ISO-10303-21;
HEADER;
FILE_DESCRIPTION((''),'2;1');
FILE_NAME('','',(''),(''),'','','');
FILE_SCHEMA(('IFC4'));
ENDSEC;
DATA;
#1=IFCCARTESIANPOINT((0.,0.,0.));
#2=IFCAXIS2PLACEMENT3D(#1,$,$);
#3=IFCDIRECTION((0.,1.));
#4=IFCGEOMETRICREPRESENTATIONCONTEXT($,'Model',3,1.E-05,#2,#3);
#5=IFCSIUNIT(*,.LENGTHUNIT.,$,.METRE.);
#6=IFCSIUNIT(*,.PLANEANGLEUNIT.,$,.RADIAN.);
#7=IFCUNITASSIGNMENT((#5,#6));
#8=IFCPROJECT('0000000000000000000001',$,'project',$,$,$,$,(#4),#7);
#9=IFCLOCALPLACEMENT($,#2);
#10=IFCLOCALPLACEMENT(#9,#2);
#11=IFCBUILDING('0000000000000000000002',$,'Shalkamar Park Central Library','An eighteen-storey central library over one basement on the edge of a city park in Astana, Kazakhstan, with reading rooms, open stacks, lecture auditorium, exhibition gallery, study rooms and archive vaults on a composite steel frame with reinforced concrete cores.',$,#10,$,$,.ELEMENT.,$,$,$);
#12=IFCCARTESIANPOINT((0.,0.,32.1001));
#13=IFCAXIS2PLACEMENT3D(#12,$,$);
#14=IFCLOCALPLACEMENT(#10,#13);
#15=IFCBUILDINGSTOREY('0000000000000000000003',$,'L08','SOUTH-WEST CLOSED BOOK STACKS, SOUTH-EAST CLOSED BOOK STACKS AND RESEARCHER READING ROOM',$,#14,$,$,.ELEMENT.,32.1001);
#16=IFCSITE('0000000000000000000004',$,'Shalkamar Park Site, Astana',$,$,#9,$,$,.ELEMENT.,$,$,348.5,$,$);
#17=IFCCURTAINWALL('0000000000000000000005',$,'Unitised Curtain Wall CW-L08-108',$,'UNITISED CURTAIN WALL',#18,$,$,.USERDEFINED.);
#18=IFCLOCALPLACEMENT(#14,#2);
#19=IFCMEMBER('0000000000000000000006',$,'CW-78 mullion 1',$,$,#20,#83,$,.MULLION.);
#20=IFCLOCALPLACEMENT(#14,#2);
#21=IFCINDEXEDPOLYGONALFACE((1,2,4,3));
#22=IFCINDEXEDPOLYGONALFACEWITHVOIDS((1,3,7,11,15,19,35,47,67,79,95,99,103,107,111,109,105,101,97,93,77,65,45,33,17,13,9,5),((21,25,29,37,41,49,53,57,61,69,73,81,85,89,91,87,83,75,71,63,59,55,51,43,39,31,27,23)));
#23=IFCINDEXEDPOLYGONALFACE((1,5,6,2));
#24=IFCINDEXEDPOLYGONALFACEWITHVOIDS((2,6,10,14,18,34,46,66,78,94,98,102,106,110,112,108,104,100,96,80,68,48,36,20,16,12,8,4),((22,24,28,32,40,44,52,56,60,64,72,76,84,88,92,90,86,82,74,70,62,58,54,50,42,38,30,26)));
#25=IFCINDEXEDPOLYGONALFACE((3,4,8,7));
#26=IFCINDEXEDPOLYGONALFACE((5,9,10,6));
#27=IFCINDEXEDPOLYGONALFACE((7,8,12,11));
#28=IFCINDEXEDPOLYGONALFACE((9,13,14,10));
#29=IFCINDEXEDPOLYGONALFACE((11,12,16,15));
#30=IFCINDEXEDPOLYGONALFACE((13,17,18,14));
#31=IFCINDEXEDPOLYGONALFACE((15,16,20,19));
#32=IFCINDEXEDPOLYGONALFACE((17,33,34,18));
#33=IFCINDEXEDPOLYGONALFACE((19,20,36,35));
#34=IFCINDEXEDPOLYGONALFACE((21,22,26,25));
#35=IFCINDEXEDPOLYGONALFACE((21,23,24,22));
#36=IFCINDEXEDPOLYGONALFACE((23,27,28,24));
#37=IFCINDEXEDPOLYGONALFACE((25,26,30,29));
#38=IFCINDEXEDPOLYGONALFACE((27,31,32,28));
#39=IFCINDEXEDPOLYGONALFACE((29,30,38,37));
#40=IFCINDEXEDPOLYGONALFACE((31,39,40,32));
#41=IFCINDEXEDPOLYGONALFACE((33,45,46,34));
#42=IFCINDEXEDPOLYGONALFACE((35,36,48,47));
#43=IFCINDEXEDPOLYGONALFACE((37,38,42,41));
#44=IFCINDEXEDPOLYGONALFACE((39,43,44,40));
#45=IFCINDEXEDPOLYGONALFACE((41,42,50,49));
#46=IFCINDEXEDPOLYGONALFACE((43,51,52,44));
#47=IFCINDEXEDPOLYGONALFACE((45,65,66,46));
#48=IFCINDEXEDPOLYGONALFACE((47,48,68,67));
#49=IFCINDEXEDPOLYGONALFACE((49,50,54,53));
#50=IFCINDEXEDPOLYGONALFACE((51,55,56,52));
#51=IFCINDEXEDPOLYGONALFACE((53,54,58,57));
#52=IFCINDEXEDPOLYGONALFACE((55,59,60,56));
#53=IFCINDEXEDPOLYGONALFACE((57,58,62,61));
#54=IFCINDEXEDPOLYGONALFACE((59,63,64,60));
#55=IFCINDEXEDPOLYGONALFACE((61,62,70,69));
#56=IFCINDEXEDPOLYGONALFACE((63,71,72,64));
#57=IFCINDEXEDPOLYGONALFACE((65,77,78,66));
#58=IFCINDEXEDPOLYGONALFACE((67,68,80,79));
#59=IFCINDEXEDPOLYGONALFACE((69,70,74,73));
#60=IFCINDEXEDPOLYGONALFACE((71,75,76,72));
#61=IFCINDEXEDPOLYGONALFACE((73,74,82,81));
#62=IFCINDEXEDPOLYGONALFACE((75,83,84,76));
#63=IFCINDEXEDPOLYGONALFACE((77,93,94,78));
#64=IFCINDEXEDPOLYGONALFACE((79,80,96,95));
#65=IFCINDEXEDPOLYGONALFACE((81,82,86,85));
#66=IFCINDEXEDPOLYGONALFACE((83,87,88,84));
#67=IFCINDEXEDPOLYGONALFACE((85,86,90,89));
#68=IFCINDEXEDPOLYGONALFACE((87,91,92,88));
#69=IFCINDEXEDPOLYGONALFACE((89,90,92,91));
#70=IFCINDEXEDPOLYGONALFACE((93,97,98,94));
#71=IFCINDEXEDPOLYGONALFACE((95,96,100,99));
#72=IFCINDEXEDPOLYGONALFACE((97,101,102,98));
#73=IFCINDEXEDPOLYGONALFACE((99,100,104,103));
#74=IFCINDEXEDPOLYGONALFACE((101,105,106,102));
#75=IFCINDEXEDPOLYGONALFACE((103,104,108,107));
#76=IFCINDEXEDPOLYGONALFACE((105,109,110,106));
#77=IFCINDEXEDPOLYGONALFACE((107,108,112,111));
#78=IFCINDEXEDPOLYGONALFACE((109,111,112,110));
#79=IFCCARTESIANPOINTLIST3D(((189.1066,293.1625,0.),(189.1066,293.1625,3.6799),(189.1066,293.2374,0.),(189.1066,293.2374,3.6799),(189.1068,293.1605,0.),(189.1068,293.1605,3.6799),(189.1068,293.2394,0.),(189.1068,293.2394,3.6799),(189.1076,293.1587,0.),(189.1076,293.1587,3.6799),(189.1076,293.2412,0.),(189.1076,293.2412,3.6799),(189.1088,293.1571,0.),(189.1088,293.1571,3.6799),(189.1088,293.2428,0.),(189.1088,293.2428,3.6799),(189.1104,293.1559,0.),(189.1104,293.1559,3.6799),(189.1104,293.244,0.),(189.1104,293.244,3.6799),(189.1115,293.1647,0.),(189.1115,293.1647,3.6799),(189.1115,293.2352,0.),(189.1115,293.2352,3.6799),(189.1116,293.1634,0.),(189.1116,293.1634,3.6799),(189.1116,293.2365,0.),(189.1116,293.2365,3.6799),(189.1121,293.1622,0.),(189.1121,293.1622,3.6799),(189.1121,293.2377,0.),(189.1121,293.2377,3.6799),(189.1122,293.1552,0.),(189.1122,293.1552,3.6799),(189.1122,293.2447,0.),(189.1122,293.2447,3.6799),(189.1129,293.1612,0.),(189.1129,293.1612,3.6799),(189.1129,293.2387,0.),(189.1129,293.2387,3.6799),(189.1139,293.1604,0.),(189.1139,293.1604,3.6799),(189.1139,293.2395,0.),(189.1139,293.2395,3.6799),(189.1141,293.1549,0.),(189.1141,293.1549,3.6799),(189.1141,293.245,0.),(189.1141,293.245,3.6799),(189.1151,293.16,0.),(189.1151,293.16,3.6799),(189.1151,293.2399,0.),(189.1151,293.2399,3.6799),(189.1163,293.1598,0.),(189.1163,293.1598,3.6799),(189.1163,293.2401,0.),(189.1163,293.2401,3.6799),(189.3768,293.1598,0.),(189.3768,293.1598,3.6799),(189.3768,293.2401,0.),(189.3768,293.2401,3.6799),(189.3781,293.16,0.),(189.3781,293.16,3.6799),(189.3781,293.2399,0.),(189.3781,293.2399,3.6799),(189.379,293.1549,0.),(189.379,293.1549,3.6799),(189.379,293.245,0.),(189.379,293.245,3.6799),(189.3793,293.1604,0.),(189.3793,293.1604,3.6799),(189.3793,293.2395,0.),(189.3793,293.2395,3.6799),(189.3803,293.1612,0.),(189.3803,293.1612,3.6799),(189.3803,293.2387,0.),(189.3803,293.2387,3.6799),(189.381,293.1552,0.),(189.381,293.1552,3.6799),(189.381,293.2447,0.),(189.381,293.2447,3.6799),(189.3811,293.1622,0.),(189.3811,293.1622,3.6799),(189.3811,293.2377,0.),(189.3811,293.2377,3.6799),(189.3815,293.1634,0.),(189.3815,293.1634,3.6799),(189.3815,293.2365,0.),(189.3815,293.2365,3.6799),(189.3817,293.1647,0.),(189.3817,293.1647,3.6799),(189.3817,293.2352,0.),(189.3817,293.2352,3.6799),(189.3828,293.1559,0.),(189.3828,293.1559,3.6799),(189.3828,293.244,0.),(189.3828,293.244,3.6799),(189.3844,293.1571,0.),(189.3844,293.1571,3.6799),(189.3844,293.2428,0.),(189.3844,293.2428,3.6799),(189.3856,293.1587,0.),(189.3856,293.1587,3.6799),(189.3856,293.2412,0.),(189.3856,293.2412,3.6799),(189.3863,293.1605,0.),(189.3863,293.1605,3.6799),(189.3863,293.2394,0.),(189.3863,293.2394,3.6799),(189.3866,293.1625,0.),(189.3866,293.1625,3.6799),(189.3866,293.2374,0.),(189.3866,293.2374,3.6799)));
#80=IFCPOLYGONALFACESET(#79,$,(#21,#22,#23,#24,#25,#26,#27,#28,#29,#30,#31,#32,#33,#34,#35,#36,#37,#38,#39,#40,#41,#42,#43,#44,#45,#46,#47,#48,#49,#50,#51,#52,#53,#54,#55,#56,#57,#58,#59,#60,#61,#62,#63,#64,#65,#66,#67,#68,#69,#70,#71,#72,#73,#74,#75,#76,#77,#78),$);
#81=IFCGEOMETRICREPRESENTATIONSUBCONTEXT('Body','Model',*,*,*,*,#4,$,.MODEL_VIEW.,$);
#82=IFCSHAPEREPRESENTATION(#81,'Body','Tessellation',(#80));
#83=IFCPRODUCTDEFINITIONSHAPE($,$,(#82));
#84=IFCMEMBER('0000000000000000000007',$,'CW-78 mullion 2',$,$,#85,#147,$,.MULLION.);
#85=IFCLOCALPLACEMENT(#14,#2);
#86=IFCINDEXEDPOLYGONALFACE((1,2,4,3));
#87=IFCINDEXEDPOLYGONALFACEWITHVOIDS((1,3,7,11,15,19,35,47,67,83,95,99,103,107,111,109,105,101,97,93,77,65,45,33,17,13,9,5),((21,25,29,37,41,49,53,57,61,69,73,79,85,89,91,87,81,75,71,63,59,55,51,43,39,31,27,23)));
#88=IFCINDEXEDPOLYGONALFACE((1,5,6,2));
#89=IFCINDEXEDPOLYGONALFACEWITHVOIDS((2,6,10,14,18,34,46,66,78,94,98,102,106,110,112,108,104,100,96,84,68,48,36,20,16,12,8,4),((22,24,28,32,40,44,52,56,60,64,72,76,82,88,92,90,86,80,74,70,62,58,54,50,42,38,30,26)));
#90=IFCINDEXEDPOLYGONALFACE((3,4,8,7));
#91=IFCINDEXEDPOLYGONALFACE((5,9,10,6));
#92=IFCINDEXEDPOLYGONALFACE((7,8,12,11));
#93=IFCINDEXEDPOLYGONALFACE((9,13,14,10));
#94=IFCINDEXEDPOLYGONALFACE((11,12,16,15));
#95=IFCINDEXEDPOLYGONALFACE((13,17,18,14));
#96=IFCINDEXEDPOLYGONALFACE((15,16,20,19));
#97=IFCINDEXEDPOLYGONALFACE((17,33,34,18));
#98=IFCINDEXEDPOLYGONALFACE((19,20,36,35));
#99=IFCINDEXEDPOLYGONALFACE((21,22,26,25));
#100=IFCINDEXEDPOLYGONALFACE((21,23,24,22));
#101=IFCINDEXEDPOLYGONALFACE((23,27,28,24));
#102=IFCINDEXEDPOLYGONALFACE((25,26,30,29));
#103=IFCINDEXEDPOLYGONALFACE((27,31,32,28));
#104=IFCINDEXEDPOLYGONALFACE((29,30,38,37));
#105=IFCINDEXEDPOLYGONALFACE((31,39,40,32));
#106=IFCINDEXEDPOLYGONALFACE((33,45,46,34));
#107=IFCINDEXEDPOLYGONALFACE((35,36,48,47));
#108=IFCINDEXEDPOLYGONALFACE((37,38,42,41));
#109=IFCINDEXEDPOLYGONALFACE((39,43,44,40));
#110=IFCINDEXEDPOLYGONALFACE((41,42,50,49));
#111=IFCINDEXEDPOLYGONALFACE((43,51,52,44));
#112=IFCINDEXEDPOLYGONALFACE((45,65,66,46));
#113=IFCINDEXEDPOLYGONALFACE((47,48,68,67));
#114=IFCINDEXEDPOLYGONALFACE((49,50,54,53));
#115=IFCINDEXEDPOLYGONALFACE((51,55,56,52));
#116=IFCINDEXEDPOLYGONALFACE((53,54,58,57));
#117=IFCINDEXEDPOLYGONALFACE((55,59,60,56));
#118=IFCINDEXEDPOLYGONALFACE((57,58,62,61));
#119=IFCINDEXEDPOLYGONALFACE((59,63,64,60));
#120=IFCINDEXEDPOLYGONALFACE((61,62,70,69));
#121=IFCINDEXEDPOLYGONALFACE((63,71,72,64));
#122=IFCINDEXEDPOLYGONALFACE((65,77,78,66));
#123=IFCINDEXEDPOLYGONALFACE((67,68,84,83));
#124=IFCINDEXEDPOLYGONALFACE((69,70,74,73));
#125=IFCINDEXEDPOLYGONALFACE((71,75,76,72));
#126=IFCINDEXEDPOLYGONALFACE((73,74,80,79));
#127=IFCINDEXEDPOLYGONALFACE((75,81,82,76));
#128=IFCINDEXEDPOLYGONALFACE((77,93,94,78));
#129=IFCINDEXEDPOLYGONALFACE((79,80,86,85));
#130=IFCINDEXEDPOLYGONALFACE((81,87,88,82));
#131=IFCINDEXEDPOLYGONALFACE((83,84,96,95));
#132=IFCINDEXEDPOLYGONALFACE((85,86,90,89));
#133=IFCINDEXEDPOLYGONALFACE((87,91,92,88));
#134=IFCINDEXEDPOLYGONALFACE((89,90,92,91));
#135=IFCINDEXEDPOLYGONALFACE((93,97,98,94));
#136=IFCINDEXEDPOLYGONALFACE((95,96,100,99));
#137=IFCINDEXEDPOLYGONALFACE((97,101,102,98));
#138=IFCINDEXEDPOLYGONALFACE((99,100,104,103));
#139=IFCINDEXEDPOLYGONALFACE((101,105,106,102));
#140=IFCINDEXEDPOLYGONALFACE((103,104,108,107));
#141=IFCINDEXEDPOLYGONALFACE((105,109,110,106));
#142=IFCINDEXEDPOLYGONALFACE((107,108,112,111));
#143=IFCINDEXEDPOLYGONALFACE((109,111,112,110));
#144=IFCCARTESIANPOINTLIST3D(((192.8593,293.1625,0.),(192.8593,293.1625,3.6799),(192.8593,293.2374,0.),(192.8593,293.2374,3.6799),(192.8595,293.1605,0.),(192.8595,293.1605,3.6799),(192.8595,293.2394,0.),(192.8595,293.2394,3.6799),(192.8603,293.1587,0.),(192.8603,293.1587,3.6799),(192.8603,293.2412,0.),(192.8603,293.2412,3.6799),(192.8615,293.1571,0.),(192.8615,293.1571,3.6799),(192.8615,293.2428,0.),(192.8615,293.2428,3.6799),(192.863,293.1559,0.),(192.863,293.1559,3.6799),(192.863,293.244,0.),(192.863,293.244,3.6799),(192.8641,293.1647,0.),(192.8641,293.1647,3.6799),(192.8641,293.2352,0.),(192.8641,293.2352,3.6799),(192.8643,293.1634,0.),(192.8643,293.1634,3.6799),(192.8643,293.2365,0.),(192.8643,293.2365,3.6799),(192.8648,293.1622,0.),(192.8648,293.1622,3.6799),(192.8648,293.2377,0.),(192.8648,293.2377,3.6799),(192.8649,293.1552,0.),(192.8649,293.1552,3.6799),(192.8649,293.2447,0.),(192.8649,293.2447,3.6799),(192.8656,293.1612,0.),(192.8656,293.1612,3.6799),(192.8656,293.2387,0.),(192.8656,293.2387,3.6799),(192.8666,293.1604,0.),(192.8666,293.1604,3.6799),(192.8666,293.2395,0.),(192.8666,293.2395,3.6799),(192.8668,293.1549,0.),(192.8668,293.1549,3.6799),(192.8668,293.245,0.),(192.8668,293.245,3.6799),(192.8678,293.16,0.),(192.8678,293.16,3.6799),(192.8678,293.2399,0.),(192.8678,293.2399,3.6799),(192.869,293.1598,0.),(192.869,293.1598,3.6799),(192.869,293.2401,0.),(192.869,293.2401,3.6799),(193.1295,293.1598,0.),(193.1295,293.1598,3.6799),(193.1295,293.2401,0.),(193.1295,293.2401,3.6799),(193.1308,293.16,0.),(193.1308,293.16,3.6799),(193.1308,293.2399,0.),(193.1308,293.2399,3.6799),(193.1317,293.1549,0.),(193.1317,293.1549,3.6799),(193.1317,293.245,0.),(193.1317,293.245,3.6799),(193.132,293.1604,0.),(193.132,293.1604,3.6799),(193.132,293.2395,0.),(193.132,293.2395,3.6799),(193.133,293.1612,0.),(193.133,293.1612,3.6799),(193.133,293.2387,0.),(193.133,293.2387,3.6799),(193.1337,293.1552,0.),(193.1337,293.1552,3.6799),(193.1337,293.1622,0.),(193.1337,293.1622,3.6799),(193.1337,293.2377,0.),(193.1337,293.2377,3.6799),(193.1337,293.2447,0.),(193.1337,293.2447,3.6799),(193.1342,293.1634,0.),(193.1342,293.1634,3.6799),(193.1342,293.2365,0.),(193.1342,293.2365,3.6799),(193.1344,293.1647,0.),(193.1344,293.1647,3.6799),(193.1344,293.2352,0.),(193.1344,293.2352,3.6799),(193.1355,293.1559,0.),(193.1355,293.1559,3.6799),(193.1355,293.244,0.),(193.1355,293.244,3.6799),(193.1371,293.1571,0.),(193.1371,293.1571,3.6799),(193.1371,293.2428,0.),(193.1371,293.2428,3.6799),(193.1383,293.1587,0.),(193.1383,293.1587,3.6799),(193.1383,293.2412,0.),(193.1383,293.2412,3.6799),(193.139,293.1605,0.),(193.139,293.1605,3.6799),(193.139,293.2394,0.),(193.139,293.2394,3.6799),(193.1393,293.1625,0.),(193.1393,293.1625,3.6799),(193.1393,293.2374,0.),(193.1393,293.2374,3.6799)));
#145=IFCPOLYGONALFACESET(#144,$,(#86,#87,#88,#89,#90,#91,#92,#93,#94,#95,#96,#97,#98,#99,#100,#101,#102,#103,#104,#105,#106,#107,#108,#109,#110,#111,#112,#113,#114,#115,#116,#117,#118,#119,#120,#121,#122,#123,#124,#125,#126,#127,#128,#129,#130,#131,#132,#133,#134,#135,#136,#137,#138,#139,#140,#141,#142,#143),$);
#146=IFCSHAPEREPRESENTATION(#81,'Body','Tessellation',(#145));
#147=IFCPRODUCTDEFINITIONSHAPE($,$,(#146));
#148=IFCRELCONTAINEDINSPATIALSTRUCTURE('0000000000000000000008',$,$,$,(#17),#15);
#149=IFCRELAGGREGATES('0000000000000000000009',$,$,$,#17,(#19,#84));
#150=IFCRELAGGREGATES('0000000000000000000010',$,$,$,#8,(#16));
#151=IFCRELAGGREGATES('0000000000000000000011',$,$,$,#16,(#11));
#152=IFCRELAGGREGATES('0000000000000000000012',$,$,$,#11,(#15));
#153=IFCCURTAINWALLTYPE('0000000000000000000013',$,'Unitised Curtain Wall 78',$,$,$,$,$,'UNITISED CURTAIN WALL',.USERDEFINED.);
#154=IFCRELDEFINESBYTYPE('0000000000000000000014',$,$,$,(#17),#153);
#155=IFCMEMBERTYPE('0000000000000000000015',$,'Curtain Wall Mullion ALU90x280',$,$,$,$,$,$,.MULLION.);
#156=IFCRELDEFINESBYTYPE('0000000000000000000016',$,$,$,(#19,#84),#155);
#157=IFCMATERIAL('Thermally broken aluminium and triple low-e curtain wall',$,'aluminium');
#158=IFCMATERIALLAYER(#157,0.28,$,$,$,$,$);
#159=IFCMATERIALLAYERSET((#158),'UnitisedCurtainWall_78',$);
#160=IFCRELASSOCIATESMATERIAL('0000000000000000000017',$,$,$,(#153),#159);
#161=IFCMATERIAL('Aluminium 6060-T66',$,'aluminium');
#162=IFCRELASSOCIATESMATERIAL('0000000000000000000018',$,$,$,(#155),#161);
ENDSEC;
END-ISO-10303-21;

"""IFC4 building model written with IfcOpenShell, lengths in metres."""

from ifc_helpers import new_model, si_unit, direction, frame, origin, origin_2d, place, context, subcontext, project, spatial, hollow_rectangle, extrude, material, layer, layer_set, material_profile, profile_set, type_object, element, aggregate, save


model = new_model("IFC4")

# Units and contexts
model_context = context("Model", 3, precision=1e-05, world=origin(), true_north=direction((0.0, 1.0)))
body_context = subcontext(model_context, "Body", "Model", "MODEL_VIEW")
ifc_project = project(units=[si_unit("LENGTHUNIT", "METRE"), si_unit("PLANEANGLEUNIT", "RADIAN")], contexts=[model_context])

# Site, building, storey
site_placement = place(None, origin())
site = spatial("IfcSite", under=ifc_project, at=site_placement, Name="Shalkamar Park Site, Astana", CompositionType="ELEMENT", RefElevation=348.5)
building_placement = place(site_placement, origin())
building = spatial("IfcBuilding", under=site, at=building_placement, Name="Shalkamar Park Central Library", Description="An eighteen-storey central library over one basement on the edge of a city park in Astana, Kazakhstan, with reading rooms, open stacks, lecture auditorium, exhibition gallery, study rooms and archive vaults on a composite steel frame with reinforced concrete cores.", CompositionType="ELEMENT")
storey_placement = place(building_placement, frame((0.0, 0.0, 32.1001)))
storey = spatial("IfcBuildingStorey", under=building, at=storey_placement, Name="L08", Description="SOUTH-WEST CLOSED BOOK STACKS, SOUTH-EAST CLOSED BOOK STACKS AND RESEARCHER READING ROOM", CompositionType="ELEMENT", Elevation=32.1001)

# Curtain wall, members
ifc_material_1 = material(Name="Thermally broken aluminium and triple low-e curtain wall", Category="aluminium")
ifc_material_2 = material(Name="Aluminium 6060-T66", Category="aluminium")
ifc_layer_1 = layer(ifc_material_1, 0.28)
ifc_layer_set_1 = layer_set([ifc_layer_1], Name="UnitisedCurtainWall_78")
curtain_wall_type_1 = type_object("IfcCurtainWallType", Name="Unitised Curtain Wall 78", ElementType="UNITISED CURTAIN WALL", PredefinedType="USERDEFINED", material=ifc_layer_set_1)
curtain_wall_1_placement = place(storey_placement, origin())
curtain_wall_1 = element("IfcCurtainWall", 1, at=curtain_wall_1_placement, inside=storey, type_object=curtain_wall_type_1, Name="Unitised Curtain Wall CW-L08-108", ObjectType="UNITISED CURTAIN WALL", PredefinedType="USERDEFINED")
ifc_material_profile_1 = material_profile(ifc_material_2, hollow_rectangle(XDim=0.0901, YDim=0.28, WallThickness=0.0049, InnerFilletRadius=0.0049, OuterFilletRadius=0.0076, at=origin_2d()), Name="ALU 90x280x5")
ifc_profile_set_1 = profile_set([ifc_material_profile_1], Name="Aluminium 6060-T66")
member_type_1 = type_object("IfcMemberType", Name="Curtain Wall Mullion ALU90x280", PredefinedType="MULLION", material=ifc_profile_set_1)
member_1_placement = place(storey_placement, frame((189.2466, 293.2, 0.0), z_axis=(0.0, 0.0, 1.0), x_axis=(0.0, 1.0, 0.0)))
member_1 = element("IfcMember", 2, at=member_1_placement, type_object=member_type_1, Name="CW-78 mullion 1", PredefinedType="MULLION", context=body_context, shape_type="SweptSolid", body=[
    extrude(hollow_rectangle(XDim=0.0901, YDim=0.28, WallThickness=0.0049, InnerFilletRadius=0.0049, OuterFilletRadius=0.0076, at=origin_2d()), origin(), (0.0, 0.0, 1.0), 3.6799),
])
member_2_placement = place(storey_placement, frame((192.9993, 293.2, 0.0), z_axis=(0.0, 0.0, 1.0), x_axis=(0.0, 1.0, 0.0)))
member_2 = element("IfcMember", 3, at=member_2_placement, type_object=member_type_1, Name="CW-78 mullion 2", PredefinedType="MULLION", context=body_context, shape_type="SweptSolid", body=[
    extrude(hollow_rectangle(XDim=0.0901, YDim=0.28, WallThickness=0.0049, InnerFilletRadius=0.0049, OuterFilletRadius=0.0076, at=origin_2d()), origin(), (0.0, 0.0, 1.0), 3.6799),
])

aggregate(curtain_wall_1, [member_1, member_2])

save(model, "model.ifc")
